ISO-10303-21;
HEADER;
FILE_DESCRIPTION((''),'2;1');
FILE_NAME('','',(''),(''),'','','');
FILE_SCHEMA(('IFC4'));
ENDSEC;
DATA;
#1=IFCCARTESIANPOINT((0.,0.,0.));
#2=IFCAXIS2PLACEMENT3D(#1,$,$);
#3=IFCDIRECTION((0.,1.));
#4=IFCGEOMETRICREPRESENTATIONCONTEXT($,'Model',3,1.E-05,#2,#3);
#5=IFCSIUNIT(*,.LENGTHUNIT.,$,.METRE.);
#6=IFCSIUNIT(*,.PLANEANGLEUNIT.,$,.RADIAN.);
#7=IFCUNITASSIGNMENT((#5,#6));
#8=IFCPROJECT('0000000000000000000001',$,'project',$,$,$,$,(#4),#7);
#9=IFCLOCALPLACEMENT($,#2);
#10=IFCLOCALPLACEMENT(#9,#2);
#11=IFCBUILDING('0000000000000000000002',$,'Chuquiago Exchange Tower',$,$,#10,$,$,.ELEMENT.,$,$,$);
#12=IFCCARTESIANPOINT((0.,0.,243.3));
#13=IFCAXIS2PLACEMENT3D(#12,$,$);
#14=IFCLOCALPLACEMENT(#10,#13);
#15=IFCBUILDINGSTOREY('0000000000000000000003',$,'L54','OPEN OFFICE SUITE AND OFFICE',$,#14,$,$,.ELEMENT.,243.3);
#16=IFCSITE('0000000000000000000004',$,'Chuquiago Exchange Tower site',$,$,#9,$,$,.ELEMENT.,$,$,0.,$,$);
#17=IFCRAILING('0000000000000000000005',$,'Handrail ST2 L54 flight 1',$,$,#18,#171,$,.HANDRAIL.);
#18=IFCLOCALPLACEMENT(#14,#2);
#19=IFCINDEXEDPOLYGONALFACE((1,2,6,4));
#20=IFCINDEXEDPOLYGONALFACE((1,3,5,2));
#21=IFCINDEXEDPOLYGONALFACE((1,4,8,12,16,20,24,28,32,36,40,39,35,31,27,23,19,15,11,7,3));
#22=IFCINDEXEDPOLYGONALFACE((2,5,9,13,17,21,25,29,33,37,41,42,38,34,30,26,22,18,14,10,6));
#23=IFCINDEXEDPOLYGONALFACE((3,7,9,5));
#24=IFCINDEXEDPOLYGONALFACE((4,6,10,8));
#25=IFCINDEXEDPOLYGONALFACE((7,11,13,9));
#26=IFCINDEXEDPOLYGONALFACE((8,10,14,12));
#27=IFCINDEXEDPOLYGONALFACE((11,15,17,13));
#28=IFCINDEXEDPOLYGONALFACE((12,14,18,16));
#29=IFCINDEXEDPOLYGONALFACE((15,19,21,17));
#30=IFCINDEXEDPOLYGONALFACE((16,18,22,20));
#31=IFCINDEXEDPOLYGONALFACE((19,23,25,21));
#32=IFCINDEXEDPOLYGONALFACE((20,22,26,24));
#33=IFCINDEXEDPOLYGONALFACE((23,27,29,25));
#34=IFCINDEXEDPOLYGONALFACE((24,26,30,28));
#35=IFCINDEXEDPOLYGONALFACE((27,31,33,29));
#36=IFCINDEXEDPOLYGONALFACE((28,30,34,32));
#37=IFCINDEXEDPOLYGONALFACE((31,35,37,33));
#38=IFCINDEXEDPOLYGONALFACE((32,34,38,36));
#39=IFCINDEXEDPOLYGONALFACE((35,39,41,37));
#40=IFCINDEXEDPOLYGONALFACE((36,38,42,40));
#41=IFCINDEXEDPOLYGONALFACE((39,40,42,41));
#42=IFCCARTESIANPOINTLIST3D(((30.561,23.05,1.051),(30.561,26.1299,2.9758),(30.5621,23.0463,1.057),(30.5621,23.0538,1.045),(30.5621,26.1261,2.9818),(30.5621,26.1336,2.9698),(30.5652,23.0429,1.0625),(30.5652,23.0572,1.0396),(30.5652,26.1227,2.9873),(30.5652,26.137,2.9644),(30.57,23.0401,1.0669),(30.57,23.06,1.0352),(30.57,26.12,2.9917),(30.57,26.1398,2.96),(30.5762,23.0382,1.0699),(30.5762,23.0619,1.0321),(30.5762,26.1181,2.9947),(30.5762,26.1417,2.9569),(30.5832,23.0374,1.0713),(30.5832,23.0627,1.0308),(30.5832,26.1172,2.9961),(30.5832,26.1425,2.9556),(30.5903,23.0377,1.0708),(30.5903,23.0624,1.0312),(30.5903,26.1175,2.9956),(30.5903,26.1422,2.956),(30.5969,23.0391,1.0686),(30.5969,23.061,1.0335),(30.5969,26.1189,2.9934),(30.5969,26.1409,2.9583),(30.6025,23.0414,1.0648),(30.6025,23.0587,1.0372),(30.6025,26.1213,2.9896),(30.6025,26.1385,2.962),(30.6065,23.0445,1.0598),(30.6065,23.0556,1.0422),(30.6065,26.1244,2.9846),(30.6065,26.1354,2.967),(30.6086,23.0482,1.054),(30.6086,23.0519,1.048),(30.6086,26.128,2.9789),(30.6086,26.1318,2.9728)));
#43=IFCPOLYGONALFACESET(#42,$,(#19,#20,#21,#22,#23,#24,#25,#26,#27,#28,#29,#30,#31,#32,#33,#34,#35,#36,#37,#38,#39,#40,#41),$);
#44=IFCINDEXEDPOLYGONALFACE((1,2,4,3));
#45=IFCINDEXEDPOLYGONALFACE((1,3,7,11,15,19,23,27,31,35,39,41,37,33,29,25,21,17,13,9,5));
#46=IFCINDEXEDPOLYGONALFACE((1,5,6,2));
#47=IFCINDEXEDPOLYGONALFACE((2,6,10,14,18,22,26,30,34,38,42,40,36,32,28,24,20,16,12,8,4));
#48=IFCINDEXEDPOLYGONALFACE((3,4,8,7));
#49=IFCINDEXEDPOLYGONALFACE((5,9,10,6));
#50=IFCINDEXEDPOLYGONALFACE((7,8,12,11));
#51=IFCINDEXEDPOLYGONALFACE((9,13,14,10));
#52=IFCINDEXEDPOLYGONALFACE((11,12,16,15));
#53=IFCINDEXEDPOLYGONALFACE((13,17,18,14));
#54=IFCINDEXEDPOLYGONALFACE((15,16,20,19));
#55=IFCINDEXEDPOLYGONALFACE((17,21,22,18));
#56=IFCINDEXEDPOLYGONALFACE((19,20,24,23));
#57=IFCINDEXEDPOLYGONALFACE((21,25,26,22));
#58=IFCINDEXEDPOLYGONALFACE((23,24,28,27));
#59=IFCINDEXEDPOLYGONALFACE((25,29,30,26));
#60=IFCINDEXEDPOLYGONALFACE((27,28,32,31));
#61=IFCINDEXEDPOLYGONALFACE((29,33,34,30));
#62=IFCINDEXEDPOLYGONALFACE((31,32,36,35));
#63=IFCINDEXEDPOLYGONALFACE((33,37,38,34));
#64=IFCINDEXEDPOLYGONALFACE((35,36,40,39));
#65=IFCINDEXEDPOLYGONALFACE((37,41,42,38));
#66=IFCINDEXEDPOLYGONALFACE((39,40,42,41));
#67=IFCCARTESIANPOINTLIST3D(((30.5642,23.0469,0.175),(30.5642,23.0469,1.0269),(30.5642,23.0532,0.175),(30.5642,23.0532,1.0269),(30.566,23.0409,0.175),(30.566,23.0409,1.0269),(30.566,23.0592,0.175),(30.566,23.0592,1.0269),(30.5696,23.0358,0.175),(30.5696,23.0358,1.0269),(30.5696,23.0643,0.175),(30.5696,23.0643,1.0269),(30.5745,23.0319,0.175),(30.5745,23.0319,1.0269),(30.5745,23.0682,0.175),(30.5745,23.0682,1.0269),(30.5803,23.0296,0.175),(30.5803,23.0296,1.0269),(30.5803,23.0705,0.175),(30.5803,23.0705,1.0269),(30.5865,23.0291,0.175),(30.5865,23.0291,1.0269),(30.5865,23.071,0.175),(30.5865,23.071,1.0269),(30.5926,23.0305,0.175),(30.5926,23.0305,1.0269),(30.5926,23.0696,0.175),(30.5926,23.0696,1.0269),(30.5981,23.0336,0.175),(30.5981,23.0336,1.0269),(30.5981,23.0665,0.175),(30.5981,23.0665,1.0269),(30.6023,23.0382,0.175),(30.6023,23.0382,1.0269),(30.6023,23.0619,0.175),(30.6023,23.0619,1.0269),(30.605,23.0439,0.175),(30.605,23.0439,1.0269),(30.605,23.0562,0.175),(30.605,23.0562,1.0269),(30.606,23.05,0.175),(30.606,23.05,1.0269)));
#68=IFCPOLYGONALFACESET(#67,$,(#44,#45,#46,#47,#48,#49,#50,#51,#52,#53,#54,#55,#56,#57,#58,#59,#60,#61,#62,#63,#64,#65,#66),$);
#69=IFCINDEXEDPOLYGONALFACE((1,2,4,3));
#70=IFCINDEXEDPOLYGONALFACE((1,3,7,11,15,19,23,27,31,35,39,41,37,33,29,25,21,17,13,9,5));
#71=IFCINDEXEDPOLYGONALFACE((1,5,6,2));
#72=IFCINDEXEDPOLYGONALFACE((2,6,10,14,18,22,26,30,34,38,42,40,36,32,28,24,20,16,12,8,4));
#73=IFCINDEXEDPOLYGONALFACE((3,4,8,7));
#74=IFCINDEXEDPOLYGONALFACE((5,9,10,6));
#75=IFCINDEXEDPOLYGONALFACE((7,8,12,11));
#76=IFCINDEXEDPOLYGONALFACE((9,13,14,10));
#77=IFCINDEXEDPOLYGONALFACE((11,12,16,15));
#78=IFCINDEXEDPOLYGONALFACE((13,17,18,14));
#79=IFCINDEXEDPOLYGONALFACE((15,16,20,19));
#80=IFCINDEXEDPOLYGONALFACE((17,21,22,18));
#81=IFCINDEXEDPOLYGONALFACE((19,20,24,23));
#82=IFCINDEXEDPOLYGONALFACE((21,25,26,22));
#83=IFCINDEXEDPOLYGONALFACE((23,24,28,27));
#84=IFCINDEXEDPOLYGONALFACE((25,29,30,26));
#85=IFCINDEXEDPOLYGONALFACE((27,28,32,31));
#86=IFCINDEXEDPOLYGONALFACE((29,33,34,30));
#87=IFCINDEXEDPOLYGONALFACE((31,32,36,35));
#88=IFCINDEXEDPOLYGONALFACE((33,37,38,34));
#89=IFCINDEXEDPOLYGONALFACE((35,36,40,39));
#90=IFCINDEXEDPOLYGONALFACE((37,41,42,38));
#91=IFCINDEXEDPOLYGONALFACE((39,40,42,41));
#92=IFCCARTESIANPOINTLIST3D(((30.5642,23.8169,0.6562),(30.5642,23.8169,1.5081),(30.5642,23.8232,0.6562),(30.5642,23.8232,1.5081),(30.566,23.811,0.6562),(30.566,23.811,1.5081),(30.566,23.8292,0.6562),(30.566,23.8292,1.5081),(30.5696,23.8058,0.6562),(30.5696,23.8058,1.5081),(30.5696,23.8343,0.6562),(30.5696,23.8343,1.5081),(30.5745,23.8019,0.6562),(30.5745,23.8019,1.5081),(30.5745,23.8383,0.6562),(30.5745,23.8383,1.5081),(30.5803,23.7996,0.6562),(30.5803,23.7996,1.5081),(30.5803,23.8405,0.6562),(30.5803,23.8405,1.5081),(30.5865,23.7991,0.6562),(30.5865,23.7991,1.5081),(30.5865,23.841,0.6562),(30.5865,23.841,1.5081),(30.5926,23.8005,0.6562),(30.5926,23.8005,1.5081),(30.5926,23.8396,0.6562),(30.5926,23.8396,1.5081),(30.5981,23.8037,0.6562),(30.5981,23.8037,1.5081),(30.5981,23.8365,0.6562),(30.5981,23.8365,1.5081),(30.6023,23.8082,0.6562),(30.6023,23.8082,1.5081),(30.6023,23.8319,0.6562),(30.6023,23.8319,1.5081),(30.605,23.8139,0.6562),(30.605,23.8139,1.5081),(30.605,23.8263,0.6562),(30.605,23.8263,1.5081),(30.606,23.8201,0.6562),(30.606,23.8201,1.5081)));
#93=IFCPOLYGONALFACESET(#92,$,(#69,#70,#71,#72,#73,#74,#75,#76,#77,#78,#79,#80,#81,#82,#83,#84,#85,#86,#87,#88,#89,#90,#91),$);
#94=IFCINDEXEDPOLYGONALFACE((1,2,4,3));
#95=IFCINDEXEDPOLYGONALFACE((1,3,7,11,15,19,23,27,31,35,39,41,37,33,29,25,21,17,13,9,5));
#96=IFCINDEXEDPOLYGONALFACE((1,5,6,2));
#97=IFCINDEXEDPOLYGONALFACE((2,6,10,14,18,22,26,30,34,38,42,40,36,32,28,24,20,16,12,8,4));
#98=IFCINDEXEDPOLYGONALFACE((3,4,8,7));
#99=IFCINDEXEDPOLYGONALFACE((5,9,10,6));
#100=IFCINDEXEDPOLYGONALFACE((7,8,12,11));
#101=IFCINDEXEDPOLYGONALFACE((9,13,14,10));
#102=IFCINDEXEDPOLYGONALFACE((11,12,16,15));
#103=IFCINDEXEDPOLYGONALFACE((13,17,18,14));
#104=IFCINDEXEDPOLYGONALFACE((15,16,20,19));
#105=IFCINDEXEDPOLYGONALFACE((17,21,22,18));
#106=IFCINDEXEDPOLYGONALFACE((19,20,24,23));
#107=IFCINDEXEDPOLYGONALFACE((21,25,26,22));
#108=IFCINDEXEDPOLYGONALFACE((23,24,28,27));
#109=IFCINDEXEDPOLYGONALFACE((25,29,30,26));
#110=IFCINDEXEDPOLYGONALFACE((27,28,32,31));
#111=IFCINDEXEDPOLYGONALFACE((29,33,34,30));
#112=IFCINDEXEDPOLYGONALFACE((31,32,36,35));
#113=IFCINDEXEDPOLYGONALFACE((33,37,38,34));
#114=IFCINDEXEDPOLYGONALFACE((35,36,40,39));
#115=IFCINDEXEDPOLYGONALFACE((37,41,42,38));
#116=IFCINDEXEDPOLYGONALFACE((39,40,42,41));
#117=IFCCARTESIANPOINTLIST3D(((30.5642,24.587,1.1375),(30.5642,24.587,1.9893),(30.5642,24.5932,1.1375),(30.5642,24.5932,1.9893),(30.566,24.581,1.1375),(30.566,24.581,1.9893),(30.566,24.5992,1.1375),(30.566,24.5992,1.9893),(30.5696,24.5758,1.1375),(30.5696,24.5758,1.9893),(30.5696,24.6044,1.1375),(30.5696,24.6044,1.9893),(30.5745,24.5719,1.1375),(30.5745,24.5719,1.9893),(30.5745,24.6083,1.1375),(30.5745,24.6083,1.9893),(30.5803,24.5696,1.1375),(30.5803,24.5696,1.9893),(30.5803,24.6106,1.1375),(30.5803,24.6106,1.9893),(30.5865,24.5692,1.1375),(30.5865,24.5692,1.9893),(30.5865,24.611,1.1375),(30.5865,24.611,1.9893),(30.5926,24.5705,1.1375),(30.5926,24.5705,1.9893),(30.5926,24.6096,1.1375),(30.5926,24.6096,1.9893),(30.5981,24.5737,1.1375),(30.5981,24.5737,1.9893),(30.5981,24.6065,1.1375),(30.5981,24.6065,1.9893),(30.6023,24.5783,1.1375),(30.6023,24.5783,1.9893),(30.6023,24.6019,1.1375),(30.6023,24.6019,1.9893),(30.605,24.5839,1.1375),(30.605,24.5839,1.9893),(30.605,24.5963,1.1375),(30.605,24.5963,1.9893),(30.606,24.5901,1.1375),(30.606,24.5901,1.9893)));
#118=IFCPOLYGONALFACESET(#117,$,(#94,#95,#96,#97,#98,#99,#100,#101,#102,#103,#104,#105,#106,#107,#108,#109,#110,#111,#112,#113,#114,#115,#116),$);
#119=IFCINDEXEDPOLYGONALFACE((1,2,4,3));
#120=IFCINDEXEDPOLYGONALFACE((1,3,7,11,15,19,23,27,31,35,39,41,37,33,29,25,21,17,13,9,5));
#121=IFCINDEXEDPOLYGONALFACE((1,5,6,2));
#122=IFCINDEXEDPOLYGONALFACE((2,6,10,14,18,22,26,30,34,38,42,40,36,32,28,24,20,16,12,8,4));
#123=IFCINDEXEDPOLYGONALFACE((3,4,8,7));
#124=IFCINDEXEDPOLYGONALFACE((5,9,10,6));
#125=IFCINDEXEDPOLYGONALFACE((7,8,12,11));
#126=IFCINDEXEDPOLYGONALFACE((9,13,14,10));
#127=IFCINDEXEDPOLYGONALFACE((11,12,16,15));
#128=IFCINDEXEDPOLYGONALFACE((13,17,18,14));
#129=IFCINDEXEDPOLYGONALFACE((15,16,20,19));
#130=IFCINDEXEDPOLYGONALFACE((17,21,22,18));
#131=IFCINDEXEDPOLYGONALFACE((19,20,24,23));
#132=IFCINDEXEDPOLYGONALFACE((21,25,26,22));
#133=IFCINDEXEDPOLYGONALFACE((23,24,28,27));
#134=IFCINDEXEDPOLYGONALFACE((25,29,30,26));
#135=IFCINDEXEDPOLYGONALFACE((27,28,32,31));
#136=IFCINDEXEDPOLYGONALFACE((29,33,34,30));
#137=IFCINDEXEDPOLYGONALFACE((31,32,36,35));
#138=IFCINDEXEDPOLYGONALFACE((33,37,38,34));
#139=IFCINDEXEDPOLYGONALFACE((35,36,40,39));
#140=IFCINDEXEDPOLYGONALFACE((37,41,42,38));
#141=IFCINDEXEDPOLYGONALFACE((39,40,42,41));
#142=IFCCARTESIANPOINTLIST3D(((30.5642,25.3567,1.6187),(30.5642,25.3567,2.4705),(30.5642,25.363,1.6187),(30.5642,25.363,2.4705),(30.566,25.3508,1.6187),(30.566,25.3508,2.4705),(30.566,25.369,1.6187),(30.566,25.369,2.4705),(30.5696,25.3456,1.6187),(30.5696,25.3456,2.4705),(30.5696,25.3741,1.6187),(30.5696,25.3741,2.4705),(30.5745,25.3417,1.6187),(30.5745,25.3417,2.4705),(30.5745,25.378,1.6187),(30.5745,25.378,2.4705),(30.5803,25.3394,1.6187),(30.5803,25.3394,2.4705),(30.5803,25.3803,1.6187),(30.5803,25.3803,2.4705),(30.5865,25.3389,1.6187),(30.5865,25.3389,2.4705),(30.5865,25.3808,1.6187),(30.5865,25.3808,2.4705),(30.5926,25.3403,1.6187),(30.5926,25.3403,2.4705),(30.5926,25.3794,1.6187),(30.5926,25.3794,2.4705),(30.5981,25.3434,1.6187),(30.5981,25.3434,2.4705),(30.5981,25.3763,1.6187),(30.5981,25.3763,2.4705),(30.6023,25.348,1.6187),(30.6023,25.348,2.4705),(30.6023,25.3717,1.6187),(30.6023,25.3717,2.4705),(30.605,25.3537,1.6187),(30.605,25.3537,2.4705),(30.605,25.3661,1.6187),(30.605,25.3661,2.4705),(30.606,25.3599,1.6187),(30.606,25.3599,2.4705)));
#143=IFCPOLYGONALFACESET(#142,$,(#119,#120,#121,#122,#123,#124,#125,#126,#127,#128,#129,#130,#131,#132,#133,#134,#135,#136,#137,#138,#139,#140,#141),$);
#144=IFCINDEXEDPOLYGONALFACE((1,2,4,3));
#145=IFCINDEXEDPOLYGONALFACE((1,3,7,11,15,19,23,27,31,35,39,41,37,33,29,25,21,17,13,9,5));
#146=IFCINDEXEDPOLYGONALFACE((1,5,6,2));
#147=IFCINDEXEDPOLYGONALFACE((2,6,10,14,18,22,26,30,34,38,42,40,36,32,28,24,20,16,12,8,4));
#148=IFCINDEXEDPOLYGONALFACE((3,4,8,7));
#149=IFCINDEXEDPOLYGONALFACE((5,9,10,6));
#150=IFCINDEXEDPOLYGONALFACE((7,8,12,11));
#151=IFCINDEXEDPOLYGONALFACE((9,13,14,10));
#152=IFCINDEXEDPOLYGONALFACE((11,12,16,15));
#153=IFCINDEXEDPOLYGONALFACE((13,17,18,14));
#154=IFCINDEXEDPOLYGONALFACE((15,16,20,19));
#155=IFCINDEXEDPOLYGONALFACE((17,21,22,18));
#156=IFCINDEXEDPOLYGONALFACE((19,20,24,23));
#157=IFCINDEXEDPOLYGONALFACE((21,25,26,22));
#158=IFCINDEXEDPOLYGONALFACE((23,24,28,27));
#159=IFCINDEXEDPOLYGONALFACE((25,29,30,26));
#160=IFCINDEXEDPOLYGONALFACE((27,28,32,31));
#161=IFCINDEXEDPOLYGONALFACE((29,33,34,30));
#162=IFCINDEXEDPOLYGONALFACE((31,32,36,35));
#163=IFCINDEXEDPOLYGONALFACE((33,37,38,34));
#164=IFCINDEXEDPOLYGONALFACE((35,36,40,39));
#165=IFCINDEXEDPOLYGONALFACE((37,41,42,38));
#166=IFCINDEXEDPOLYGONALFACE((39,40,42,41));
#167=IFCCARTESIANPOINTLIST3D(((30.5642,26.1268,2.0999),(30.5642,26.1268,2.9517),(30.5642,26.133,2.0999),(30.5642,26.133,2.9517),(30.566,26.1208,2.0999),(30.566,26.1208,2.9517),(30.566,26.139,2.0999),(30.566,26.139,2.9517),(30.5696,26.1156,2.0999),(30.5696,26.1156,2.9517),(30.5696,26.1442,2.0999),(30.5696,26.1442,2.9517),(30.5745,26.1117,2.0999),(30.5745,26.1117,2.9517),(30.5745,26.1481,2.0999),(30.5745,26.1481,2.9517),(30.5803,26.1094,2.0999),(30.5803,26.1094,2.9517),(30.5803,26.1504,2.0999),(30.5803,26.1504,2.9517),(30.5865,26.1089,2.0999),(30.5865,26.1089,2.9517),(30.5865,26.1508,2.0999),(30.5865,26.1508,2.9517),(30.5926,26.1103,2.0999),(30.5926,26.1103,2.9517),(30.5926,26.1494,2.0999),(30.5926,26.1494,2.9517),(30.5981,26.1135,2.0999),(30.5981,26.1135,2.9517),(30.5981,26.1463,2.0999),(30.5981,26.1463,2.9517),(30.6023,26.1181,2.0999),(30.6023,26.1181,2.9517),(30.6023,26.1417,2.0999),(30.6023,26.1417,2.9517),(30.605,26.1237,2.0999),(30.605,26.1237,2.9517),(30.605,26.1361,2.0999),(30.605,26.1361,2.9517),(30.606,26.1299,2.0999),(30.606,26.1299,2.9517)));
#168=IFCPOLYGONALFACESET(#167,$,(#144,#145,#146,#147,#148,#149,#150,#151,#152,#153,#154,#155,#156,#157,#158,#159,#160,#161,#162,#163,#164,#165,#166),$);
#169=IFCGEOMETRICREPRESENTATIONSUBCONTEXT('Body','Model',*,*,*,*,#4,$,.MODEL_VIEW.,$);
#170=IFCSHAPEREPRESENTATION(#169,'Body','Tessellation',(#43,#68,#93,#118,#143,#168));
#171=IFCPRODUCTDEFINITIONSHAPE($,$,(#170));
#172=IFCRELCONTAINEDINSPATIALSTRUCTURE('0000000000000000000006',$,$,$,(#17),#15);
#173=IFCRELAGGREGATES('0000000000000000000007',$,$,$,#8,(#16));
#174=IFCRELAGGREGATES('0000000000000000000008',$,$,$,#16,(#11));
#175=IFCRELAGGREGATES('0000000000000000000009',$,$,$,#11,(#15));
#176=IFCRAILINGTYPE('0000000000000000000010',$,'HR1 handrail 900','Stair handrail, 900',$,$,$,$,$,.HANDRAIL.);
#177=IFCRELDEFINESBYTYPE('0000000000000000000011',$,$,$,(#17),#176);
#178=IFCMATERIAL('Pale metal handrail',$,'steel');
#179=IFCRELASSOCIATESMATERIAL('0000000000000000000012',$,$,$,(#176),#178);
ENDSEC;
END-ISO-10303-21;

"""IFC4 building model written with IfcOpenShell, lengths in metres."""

from ifc_helpers import new_model, si_unit, direction, frame, origin, origin_2d, place, context, subcontext, project, spatial, circle, extrude, material, type_object, element, save


model = new_model("IFC4")

# Units and contexts
model_context = context("Model", 3, precision=1e-05, world=origin(), true_north=direction((0.0, 1.0)))
body_context = subcontext(model_context, "Body", "Model", "MODEL_VIEW")
ifc_project = project(units=[si_unit("LENGTHUNIT", "METRE"), si_unit("PLANEANGLEUNIT", "RADIAN")], contexts=[model_context])

# Site, building, storey
site_placement = place(None, origin())
site = spatial("IfcSite", under=ifc_project, at=site_placement, Name="Chuquiago Exchange Tower site", CompositionType="ELEMENT", RefElevation=0.0)
building_placement = place(site_placement, origin())
building = spatial("IfcBuilding", under=site, at=building_placement, Name="Chuquiago Exchange Tower", CompositionType="ELEMENT")
storey_placement = place(building_placement, frame((0.0, 0.0, 243.3)))
storey = spatial("IfcBuildingStorey", under=building, at=storey_placement, Name="L54", Description="OPEN OFFICE SUITE AND OFFICE", CompositionType="ELEMENT", Elevation=243.3)

# Railing
ifc_material_1 = material(Name="Pale metal handrail", Category="steel")
railing_type_1 = type_object("IfcRailingType", Name="HR1 handrail 900", Description="Stair handrail, 900", PredefinedType="HANDRAIL", material=ifc_material_1)
for number, where, name in (
    (1, (30.585, 23.05, 0.175), "Handrail ST2 L54 flight 1"),
):
    element("IfcRailing", number, at=place(storey_placement, frame(where)), inside=storey, type_object=railing_type_1, Name=name, PredefinedType="HANDRAIL", context=body_context, shape_type="SweptSolid", body=[
        extrude(circle(Radius=0.0239, at=origin_2d()), frame((0.0, 0.0, 0.876), z_axis=(0.0, 0.84801, 0.529981), x_axis=(-1.0, 0.0, 0.0)), (0.0, 0.0, 1.0), 3.6318),
        extrude(circle(Radius=0.021, at=origin_2d()), origin(), (0.0, 0.0, 1.0), 0.8518),
        extrude(circle(Radius=0.021, at=origin_2d()), frame((0.0, 0.77, 0.4812)), (0.0, 0.0, 1.0), 0.8518),
        extrude(circle(Radius=0.021, at=origin_2d()), frame((0.0, 1.54, 0.9624)), (0.0, 0.0, 1.0), 0.8518),
        extrude(circle(Radius=0.021, at=origin_2d()), frame((0.0, 2.3098, 1.4436)), (0.0, 0.0, 1.0), 0.8518),
        extrude(circle(Radius=0.021, at=origin_2d()), frame((0.0, 3.0798, 1.9248)), (0.0, 0.0, 1.0), 0.8518),
    ])

save(model, "model.ifc")
